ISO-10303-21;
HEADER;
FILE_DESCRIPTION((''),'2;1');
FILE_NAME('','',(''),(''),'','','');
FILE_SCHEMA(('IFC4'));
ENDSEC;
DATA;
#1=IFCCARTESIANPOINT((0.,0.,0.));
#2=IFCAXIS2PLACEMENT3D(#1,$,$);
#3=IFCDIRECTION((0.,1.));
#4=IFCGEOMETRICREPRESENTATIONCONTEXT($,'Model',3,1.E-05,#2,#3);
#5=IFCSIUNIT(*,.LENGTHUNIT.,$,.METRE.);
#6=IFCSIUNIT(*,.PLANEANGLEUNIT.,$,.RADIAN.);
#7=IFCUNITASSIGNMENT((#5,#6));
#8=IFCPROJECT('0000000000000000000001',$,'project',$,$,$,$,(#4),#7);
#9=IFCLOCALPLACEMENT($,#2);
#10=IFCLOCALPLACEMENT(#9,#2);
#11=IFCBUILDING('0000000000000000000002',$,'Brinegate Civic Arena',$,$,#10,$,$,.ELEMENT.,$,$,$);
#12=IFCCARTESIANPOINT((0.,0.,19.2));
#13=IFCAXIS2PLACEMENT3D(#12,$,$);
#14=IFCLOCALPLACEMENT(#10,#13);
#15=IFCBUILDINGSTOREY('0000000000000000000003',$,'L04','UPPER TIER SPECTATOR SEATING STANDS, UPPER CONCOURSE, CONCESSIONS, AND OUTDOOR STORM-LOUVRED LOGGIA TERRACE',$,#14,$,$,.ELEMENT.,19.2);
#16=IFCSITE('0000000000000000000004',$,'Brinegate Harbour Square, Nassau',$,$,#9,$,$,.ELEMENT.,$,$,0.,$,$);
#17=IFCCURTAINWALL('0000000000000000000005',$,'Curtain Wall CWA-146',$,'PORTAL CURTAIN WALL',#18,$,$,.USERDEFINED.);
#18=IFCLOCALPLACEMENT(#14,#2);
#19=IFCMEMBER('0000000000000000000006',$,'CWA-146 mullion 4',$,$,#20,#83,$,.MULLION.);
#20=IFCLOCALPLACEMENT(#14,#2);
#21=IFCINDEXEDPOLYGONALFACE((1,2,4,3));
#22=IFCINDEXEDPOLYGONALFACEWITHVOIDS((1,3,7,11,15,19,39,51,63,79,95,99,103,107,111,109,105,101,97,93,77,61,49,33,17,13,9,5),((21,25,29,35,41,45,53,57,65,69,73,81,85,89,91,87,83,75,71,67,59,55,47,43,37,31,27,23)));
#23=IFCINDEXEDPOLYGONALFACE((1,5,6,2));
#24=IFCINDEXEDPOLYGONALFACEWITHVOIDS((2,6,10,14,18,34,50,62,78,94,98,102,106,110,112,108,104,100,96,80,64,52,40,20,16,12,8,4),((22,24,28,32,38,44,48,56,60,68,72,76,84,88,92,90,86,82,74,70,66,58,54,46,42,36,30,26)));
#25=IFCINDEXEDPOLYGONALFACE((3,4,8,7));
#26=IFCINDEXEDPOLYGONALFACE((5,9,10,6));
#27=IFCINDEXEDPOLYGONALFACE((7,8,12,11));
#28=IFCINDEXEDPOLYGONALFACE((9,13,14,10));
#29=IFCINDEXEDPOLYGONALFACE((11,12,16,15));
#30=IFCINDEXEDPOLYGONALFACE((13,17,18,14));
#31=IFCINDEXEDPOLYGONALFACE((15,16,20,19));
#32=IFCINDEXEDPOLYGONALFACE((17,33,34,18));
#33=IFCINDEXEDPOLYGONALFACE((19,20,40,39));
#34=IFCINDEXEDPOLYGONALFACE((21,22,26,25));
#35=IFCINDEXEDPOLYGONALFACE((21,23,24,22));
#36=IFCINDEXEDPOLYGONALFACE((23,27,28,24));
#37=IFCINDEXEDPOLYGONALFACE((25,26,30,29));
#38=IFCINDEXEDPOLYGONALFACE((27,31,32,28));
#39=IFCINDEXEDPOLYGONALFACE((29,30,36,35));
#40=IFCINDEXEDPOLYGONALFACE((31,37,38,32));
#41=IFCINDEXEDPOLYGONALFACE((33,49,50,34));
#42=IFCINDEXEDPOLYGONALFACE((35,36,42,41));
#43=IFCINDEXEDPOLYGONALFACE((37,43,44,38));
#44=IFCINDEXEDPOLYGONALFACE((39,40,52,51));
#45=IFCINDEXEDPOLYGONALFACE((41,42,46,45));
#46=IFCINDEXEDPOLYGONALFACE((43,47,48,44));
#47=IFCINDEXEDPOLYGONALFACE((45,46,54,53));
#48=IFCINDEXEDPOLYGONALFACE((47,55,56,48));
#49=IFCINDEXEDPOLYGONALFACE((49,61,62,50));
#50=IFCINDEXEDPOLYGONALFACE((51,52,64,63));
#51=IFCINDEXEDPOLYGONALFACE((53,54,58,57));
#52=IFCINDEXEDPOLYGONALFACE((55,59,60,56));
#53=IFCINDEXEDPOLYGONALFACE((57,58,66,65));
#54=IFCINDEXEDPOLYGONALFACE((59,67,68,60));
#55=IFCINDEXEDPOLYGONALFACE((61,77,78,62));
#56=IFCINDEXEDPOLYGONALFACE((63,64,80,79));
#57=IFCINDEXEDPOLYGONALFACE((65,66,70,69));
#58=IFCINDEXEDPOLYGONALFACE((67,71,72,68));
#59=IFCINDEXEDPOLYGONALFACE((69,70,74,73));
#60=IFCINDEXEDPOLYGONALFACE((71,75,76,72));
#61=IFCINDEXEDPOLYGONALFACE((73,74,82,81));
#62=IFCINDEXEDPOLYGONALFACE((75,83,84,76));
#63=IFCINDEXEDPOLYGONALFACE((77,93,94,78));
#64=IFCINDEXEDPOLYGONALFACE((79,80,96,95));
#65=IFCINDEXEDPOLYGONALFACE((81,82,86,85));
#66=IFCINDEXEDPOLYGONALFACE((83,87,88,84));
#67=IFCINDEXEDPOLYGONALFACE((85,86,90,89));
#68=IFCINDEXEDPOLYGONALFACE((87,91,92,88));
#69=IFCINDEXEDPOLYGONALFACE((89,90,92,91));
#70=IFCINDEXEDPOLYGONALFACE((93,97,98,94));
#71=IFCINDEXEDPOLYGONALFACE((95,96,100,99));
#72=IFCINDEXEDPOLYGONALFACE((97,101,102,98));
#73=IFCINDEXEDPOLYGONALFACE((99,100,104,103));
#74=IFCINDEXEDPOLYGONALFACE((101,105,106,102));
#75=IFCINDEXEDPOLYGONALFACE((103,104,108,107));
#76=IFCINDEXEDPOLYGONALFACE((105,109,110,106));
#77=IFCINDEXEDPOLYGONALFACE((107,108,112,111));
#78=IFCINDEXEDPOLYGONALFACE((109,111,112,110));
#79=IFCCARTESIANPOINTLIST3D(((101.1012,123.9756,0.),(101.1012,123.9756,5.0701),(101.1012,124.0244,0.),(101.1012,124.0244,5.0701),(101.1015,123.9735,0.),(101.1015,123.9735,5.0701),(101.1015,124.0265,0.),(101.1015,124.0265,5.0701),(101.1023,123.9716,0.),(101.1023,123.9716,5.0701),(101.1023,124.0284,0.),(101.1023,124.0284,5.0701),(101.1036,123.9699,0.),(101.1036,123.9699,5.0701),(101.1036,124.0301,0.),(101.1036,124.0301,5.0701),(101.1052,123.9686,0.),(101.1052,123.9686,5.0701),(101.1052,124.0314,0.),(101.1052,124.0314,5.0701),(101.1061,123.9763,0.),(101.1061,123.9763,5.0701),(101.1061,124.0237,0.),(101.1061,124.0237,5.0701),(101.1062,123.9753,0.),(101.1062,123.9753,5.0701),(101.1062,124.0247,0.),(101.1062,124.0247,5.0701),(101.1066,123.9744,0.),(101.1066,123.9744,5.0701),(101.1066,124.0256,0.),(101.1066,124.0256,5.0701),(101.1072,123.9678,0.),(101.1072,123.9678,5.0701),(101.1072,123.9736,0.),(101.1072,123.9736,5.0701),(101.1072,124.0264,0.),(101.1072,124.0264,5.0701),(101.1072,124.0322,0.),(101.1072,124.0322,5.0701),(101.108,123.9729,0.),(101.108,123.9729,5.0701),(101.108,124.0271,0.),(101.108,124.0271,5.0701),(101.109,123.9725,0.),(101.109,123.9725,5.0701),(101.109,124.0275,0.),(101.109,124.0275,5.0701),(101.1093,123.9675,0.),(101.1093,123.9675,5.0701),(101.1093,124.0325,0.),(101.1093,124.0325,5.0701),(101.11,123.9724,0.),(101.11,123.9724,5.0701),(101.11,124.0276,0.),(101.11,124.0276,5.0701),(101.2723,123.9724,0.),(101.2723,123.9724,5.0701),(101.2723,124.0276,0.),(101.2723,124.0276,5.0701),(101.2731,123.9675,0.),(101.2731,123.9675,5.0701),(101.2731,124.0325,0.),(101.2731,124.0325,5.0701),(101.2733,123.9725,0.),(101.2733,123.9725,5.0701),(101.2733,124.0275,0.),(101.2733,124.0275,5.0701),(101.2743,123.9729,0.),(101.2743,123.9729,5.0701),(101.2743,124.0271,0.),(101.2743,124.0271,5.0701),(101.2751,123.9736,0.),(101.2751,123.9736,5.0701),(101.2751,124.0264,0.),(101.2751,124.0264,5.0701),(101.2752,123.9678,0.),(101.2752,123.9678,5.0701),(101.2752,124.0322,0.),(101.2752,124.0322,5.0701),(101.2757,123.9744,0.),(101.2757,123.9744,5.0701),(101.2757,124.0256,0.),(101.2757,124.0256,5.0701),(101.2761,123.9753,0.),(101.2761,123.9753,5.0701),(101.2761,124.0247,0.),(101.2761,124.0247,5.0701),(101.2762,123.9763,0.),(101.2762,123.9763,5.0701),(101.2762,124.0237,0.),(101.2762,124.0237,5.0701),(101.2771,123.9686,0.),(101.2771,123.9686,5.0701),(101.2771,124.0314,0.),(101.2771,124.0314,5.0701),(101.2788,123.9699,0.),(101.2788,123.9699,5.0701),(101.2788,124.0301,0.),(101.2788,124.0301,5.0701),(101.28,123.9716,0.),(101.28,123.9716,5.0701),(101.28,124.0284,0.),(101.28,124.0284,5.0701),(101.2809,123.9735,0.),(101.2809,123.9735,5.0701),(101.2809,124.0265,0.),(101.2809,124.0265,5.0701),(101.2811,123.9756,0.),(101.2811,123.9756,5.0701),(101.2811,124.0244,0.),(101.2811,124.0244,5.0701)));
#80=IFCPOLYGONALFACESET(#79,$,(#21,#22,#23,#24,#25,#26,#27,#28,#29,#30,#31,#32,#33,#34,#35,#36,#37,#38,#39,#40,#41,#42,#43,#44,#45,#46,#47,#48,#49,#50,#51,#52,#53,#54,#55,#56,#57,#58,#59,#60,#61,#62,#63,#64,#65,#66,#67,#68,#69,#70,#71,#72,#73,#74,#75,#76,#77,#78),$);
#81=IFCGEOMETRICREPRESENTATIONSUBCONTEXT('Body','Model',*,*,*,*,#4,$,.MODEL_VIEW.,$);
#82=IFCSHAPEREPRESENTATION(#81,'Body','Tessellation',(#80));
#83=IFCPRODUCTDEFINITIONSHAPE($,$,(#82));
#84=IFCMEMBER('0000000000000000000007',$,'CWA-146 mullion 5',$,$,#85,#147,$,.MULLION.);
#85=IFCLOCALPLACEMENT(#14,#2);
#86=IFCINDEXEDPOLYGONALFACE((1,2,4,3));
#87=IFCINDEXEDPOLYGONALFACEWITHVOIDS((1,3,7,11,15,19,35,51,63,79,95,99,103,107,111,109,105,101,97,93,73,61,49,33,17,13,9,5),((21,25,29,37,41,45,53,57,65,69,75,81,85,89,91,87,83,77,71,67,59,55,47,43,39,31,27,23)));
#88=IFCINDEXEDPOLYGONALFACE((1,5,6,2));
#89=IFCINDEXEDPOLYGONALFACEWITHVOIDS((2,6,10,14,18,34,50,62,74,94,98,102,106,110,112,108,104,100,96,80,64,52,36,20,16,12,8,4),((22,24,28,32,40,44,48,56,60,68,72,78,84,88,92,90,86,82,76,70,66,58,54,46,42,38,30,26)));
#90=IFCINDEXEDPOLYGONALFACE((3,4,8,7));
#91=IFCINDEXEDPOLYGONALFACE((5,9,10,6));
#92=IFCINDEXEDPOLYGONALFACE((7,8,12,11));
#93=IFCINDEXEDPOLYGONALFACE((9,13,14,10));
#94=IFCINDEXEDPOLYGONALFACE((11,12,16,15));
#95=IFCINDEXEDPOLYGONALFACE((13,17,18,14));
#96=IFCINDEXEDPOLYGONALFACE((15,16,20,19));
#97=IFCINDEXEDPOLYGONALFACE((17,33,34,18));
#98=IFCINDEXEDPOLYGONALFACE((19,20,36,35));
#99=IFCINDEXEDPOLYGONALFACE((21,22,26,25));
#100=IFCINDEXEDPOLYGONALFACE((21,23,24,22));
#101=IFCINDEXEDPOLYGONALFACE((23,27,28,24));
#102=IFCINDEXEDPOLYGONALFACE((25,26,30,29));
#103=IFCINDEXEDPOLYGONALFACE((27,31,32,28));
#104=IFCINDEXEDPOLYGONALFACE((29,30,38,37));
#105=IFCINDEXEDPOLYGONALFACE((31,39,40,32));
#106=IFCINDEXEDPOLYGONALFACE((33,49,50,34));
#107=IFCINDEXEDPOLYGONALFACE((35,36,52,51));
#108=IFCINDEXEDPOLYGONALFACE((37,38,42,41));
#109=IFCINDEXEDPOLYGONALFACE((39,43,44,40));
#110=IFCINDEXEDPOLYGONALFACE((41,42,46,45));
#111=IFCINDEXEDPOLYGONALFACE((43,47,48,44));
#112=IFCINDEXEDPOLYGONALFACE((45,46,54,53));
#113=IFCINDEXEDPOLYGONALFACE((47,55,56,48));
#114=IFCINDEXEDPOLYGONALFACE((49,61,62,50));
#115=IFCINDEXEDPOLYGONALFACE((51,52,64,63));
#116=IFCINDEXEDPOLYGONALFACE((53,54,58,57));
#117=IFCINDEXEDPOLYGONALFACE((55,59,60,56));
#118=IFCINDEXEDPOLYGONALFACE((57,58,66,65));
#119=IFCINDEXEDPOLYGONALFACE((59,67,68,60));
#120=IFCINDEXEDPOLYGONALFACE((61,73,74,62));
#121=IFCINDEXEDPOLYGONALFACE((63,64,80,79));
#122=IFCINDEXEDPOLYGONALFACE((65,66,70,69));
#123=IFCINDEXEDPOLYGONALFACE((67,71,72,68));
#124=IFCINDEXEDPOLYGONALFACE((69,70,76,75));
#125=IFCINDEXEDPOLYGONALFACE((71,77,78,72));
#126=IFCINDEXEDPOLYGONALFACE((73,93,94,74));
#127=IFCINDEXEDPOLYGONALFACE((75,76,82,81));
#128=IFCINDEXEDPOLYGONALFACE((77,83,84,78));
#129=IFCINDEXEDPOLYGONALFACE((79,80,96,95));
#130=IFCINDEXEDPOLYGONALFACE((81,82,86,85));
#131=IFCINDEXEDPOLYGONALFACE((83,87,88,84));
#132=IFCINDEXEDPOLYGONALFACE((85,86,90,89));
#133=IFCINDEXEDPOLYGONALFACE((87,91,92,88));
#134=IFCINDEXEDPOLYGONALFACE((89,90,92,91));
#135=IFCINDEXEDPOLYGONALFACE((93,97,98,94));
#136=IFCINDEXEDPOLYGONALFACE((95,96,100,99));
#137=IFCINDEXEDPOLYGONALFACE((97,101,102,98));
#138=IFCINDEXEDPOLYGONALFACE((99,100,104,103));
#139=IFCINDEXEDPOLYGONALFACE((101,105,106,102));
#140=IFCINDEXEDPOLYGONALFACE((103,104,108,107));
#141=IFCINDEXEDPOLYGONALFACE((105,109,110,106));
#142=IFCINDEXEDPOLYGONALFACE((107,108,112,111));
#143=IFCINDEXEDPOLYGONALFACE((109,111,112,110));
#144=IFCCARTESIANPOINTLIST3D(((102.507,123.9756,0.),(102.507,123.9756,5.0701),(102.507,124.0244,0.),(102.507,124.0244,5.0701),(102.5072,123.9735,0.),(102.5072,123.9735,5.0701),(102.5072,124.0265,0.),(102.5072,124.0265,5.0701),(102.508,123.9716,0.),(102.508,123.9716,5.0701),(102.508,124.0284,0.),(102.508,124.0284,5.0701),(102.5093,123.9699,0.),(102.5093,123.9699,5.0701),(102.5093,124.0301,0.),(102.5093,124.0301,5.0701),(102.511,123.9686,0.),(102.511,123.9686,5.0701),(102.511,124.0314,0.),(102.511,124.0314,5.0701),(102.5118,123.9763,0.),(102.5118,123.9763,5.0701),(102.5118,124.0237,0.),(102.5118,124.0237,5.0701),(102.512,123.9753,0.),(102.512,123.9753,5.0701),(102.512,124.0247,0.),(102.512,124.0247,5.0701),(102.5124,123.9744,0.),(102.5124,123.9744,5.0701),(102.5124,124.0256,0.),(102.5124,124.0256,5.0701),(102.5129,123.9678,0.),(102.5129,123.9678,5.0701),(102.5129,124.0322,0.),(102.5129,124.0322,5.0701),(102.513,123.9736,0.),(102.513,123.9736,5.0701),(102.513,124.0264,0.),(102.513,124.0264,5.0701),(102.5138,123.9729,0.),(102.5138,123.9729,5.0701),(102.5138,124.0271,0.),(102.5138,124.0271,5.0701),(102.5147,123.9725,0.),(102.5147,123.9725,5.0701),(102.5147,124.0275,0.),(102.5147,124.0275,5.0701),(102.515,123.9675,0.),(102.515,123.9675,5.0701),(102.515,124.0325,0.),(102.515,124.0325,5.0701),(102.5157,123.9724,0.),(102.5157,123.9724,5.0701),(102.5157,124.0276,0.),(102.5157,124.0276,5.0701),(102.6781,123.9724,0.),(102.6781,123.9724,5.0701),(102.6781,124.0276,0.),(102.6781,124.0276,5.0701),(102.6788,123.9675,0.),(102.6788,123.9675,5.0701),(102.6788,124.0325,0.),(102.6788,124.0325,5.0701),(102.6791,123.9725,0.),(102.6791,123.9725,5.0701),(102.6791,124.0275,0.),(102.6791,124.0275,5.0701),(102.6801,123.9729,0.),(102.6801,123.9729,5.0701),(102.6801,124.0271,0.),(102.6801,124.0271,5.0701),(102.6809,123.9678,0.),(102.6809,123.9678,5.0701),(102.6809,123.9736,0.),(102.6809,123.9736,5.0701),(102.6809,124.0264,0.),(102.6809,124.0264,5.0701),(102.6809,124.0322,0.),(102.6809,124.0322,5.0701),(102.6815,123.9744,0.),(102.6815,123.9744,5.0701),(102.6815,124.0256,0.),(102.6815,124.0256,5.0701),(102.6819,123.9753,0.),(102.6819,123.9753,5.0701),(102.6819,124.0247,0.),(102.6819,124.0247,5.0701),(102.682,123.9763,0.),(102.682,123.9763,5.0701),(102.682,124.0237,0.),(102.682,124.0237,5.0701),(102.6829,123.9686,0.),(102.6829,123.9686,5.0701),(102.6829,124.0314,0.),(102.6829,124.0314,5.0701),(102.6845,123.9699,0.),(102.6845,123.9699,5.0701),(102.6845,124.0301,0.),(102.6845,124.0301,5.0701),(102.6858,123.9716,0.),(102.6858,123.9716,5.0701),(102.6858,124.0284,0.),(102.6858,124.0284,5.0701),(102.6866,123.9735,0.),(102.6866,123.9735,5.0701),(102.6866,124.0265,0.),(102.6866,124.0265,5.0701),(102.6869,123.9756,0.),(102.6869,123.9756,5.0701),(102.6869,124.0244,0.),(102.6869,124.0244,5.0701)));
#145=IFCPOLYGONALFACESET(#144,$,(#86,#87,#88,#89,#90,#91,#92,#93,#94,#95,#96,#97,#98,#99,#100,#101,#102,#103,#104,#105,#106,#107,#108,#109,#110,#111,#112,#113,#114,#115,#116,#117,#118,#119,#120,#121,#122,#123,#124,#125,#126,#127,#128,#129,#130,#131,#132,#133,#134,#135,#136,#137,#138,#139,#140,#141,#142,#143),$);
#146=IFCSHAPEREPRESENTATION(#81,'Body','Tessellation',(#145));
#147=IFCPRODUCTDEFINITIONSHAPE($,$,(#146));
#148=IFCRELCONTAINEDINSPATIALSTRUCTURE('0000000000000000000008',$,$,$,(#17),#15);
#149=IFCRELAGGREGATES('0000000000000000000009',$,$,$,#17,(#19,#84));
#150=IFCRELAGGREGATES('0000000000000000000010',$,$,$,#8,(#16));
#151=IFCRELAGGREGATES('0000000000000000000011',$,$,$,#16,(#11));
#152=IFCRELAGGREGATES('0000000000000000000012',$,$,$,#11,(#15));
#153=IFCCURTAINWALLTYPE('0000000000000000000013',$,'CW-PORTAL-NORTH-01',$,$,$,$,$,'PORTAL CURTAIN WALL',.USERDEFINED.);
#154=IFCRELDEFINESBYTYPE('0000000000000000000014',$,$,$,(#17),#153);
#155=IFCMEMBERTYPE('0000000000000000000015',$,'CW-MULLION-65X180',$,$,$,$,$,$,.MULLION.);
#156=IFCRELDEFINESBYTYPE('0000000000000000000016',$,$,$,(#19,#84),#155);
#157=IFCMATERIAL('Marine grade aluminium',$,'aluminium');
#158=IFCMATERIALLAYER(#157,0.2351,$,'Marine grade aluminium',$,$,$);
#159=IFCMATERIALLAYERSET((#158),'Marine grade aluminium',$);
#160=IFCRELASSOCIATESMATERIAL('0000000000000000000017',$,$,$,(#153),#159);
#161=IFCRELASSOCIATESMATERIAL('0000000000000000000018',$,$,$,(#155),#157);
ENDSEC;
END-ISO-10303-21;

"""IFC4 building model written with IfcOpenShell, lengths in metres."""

from ifc_helpers import new_model, si_unit, direction, frame, origin, origin_2d, place, context, subcontext, project, spatial, hollow_rectangle, extrude, material, layer, layer_set, material_profile, profile_set, type_object, element, aggregate, save


model = new_model("IFC4")

# Units and contexts
model_context = context("Model", 3, precision=1e-05, world=origin(), true_north=direction((0.0, 1.0)))
body_context = subcontext(model_context, "Body", "Model", "MODEL_VIEW")
ifc_project = project(units=[si_unit("LENGTHUNIT", "METRE"), si_unit("PLANEANGLEUNIT", "RADIAN")], contexts=[model_context])

# Site, building, storey
site_placement = place(None, origin())
site = spatial("IfcSite", under=ifc_project, at=site_placement, Name="Brinegate Harbour Square, Nassau", CompositionType="ELEMENT", RefElevation=0.0)
building_placement = place(site_placement, origin())
building = spatial("IfcBuilding", under=site, at=building_placement, Name="Brinegate Civic Arena", CompositionType="ELEMENT")
storey_placement = place(building_placement, frame((0.0, 0.0, 19.2)))
storey = spatial("IfcBuildingStorey", under=building, at=storey_placement, Name="L04", Description="UPPER TIER SPECTATOR SEATING STANDS, UPPER CONCOURSE, CONCESSIONS, AND OUTDOOR STORM-LOUVRED LOGGIA TERRACE", CompositionType="ELEMENT", Elevation=19.2)

# Curtain wall, members
ifc_material_1 = material(Name="Marine grade aluminium", Category="aluminium")
ifc_layer_1 = layer(ifc_material_1, 0.2351, Name="Marine grade aluminium")
ifc_layer_set_1 = layer_set([ifc_layer_1], Name="Marine grade aluminium")
curtain_wall_type = type_object("IfcCurtainWallType", Name="CW-PORTAL-NORTH-01", ElementType="PORTAL CURTAIN WALL", PredefinedType="USERDEFINED", material=ifc_layer_set_1)
curtain_wall_placement = place(storey_placement, origin())
curtain_wall = element("IfcCurtainWall", 1, at=curtain_wall_placement, inside=storey, type_object=curtain_wall_type, Name="Curtain Wall CWA-146", ObjectType="PORTAL CURTAIN WALL", PredefinedType="USERDEFINED")
ifc_material_profile_1 = material_profile(ifc_material_1, hollow_rectangle(XDim=0.0649, YDim=0.1799, WallThickness=0.0049, InnerFilletRadius=0.0039, OuterFilletRadius=0.0081, at=origin_2d()), Name="MUL65X180")
ifc_profile_set_1 = profile_set([ifc_material_profile_1], Name="Marine grade aluminium")
member_type_1 = type_object("IfcMemberType", Name="CW-MULLION-65X180", PredefinedType="MULLION", material=ifc_profile_set_1)
member_1_placement = place(storey_placement, frame((101.1912, 124.0, 0.0), z_axis=(0.0, 0.0, 1.0), x_axis=(0.0, 1.0, 0.0)))
member_1 = element("IfcMember", 2, at=member_1_placement, type_object=member_type_1, Name="CWA-146 mullion 4", PredefinedType="MULLION", context=body_context, shape_type="SweptSolid", body=[
    extrude(hollow_rectangle(XDim=0.0649, YDim=0.1799, WallThickness=0.0049, InnerFilletRadius=0.0039, OuterFilletRadius=0.0081, at=origin_2d()), origin(), (0.0, 0.0, 1.0), 5.0701),
])
member_2_placement = place(storey_placement, frame((102.5969, 124.0, 0.0), z_axis=(0.0, 0.0, 1.0), x_axis=(0.0, 1.0, 0.0)))
member_2 = element("IfcMember", 3, at=member_2_placement, type_object=member_type_1, Name="CWA-146 mullion 5", PredefinedType="MULLION", context=body_context, shape_type="SweptSolid", body=[
    extrude(hollow_rectangle(XDim=0.0649, YDim=0.1799, WallThickness=0.0049, InnerFilletRadius=0.0039, OuterFilletRadius=0.0081, at=origin_2d()), origin(), (0.0, 0.0, 1.0), 5.0701),
])
aggregate(curtain_wall, [member_1, member_2])

save(model, "model.ifc")
